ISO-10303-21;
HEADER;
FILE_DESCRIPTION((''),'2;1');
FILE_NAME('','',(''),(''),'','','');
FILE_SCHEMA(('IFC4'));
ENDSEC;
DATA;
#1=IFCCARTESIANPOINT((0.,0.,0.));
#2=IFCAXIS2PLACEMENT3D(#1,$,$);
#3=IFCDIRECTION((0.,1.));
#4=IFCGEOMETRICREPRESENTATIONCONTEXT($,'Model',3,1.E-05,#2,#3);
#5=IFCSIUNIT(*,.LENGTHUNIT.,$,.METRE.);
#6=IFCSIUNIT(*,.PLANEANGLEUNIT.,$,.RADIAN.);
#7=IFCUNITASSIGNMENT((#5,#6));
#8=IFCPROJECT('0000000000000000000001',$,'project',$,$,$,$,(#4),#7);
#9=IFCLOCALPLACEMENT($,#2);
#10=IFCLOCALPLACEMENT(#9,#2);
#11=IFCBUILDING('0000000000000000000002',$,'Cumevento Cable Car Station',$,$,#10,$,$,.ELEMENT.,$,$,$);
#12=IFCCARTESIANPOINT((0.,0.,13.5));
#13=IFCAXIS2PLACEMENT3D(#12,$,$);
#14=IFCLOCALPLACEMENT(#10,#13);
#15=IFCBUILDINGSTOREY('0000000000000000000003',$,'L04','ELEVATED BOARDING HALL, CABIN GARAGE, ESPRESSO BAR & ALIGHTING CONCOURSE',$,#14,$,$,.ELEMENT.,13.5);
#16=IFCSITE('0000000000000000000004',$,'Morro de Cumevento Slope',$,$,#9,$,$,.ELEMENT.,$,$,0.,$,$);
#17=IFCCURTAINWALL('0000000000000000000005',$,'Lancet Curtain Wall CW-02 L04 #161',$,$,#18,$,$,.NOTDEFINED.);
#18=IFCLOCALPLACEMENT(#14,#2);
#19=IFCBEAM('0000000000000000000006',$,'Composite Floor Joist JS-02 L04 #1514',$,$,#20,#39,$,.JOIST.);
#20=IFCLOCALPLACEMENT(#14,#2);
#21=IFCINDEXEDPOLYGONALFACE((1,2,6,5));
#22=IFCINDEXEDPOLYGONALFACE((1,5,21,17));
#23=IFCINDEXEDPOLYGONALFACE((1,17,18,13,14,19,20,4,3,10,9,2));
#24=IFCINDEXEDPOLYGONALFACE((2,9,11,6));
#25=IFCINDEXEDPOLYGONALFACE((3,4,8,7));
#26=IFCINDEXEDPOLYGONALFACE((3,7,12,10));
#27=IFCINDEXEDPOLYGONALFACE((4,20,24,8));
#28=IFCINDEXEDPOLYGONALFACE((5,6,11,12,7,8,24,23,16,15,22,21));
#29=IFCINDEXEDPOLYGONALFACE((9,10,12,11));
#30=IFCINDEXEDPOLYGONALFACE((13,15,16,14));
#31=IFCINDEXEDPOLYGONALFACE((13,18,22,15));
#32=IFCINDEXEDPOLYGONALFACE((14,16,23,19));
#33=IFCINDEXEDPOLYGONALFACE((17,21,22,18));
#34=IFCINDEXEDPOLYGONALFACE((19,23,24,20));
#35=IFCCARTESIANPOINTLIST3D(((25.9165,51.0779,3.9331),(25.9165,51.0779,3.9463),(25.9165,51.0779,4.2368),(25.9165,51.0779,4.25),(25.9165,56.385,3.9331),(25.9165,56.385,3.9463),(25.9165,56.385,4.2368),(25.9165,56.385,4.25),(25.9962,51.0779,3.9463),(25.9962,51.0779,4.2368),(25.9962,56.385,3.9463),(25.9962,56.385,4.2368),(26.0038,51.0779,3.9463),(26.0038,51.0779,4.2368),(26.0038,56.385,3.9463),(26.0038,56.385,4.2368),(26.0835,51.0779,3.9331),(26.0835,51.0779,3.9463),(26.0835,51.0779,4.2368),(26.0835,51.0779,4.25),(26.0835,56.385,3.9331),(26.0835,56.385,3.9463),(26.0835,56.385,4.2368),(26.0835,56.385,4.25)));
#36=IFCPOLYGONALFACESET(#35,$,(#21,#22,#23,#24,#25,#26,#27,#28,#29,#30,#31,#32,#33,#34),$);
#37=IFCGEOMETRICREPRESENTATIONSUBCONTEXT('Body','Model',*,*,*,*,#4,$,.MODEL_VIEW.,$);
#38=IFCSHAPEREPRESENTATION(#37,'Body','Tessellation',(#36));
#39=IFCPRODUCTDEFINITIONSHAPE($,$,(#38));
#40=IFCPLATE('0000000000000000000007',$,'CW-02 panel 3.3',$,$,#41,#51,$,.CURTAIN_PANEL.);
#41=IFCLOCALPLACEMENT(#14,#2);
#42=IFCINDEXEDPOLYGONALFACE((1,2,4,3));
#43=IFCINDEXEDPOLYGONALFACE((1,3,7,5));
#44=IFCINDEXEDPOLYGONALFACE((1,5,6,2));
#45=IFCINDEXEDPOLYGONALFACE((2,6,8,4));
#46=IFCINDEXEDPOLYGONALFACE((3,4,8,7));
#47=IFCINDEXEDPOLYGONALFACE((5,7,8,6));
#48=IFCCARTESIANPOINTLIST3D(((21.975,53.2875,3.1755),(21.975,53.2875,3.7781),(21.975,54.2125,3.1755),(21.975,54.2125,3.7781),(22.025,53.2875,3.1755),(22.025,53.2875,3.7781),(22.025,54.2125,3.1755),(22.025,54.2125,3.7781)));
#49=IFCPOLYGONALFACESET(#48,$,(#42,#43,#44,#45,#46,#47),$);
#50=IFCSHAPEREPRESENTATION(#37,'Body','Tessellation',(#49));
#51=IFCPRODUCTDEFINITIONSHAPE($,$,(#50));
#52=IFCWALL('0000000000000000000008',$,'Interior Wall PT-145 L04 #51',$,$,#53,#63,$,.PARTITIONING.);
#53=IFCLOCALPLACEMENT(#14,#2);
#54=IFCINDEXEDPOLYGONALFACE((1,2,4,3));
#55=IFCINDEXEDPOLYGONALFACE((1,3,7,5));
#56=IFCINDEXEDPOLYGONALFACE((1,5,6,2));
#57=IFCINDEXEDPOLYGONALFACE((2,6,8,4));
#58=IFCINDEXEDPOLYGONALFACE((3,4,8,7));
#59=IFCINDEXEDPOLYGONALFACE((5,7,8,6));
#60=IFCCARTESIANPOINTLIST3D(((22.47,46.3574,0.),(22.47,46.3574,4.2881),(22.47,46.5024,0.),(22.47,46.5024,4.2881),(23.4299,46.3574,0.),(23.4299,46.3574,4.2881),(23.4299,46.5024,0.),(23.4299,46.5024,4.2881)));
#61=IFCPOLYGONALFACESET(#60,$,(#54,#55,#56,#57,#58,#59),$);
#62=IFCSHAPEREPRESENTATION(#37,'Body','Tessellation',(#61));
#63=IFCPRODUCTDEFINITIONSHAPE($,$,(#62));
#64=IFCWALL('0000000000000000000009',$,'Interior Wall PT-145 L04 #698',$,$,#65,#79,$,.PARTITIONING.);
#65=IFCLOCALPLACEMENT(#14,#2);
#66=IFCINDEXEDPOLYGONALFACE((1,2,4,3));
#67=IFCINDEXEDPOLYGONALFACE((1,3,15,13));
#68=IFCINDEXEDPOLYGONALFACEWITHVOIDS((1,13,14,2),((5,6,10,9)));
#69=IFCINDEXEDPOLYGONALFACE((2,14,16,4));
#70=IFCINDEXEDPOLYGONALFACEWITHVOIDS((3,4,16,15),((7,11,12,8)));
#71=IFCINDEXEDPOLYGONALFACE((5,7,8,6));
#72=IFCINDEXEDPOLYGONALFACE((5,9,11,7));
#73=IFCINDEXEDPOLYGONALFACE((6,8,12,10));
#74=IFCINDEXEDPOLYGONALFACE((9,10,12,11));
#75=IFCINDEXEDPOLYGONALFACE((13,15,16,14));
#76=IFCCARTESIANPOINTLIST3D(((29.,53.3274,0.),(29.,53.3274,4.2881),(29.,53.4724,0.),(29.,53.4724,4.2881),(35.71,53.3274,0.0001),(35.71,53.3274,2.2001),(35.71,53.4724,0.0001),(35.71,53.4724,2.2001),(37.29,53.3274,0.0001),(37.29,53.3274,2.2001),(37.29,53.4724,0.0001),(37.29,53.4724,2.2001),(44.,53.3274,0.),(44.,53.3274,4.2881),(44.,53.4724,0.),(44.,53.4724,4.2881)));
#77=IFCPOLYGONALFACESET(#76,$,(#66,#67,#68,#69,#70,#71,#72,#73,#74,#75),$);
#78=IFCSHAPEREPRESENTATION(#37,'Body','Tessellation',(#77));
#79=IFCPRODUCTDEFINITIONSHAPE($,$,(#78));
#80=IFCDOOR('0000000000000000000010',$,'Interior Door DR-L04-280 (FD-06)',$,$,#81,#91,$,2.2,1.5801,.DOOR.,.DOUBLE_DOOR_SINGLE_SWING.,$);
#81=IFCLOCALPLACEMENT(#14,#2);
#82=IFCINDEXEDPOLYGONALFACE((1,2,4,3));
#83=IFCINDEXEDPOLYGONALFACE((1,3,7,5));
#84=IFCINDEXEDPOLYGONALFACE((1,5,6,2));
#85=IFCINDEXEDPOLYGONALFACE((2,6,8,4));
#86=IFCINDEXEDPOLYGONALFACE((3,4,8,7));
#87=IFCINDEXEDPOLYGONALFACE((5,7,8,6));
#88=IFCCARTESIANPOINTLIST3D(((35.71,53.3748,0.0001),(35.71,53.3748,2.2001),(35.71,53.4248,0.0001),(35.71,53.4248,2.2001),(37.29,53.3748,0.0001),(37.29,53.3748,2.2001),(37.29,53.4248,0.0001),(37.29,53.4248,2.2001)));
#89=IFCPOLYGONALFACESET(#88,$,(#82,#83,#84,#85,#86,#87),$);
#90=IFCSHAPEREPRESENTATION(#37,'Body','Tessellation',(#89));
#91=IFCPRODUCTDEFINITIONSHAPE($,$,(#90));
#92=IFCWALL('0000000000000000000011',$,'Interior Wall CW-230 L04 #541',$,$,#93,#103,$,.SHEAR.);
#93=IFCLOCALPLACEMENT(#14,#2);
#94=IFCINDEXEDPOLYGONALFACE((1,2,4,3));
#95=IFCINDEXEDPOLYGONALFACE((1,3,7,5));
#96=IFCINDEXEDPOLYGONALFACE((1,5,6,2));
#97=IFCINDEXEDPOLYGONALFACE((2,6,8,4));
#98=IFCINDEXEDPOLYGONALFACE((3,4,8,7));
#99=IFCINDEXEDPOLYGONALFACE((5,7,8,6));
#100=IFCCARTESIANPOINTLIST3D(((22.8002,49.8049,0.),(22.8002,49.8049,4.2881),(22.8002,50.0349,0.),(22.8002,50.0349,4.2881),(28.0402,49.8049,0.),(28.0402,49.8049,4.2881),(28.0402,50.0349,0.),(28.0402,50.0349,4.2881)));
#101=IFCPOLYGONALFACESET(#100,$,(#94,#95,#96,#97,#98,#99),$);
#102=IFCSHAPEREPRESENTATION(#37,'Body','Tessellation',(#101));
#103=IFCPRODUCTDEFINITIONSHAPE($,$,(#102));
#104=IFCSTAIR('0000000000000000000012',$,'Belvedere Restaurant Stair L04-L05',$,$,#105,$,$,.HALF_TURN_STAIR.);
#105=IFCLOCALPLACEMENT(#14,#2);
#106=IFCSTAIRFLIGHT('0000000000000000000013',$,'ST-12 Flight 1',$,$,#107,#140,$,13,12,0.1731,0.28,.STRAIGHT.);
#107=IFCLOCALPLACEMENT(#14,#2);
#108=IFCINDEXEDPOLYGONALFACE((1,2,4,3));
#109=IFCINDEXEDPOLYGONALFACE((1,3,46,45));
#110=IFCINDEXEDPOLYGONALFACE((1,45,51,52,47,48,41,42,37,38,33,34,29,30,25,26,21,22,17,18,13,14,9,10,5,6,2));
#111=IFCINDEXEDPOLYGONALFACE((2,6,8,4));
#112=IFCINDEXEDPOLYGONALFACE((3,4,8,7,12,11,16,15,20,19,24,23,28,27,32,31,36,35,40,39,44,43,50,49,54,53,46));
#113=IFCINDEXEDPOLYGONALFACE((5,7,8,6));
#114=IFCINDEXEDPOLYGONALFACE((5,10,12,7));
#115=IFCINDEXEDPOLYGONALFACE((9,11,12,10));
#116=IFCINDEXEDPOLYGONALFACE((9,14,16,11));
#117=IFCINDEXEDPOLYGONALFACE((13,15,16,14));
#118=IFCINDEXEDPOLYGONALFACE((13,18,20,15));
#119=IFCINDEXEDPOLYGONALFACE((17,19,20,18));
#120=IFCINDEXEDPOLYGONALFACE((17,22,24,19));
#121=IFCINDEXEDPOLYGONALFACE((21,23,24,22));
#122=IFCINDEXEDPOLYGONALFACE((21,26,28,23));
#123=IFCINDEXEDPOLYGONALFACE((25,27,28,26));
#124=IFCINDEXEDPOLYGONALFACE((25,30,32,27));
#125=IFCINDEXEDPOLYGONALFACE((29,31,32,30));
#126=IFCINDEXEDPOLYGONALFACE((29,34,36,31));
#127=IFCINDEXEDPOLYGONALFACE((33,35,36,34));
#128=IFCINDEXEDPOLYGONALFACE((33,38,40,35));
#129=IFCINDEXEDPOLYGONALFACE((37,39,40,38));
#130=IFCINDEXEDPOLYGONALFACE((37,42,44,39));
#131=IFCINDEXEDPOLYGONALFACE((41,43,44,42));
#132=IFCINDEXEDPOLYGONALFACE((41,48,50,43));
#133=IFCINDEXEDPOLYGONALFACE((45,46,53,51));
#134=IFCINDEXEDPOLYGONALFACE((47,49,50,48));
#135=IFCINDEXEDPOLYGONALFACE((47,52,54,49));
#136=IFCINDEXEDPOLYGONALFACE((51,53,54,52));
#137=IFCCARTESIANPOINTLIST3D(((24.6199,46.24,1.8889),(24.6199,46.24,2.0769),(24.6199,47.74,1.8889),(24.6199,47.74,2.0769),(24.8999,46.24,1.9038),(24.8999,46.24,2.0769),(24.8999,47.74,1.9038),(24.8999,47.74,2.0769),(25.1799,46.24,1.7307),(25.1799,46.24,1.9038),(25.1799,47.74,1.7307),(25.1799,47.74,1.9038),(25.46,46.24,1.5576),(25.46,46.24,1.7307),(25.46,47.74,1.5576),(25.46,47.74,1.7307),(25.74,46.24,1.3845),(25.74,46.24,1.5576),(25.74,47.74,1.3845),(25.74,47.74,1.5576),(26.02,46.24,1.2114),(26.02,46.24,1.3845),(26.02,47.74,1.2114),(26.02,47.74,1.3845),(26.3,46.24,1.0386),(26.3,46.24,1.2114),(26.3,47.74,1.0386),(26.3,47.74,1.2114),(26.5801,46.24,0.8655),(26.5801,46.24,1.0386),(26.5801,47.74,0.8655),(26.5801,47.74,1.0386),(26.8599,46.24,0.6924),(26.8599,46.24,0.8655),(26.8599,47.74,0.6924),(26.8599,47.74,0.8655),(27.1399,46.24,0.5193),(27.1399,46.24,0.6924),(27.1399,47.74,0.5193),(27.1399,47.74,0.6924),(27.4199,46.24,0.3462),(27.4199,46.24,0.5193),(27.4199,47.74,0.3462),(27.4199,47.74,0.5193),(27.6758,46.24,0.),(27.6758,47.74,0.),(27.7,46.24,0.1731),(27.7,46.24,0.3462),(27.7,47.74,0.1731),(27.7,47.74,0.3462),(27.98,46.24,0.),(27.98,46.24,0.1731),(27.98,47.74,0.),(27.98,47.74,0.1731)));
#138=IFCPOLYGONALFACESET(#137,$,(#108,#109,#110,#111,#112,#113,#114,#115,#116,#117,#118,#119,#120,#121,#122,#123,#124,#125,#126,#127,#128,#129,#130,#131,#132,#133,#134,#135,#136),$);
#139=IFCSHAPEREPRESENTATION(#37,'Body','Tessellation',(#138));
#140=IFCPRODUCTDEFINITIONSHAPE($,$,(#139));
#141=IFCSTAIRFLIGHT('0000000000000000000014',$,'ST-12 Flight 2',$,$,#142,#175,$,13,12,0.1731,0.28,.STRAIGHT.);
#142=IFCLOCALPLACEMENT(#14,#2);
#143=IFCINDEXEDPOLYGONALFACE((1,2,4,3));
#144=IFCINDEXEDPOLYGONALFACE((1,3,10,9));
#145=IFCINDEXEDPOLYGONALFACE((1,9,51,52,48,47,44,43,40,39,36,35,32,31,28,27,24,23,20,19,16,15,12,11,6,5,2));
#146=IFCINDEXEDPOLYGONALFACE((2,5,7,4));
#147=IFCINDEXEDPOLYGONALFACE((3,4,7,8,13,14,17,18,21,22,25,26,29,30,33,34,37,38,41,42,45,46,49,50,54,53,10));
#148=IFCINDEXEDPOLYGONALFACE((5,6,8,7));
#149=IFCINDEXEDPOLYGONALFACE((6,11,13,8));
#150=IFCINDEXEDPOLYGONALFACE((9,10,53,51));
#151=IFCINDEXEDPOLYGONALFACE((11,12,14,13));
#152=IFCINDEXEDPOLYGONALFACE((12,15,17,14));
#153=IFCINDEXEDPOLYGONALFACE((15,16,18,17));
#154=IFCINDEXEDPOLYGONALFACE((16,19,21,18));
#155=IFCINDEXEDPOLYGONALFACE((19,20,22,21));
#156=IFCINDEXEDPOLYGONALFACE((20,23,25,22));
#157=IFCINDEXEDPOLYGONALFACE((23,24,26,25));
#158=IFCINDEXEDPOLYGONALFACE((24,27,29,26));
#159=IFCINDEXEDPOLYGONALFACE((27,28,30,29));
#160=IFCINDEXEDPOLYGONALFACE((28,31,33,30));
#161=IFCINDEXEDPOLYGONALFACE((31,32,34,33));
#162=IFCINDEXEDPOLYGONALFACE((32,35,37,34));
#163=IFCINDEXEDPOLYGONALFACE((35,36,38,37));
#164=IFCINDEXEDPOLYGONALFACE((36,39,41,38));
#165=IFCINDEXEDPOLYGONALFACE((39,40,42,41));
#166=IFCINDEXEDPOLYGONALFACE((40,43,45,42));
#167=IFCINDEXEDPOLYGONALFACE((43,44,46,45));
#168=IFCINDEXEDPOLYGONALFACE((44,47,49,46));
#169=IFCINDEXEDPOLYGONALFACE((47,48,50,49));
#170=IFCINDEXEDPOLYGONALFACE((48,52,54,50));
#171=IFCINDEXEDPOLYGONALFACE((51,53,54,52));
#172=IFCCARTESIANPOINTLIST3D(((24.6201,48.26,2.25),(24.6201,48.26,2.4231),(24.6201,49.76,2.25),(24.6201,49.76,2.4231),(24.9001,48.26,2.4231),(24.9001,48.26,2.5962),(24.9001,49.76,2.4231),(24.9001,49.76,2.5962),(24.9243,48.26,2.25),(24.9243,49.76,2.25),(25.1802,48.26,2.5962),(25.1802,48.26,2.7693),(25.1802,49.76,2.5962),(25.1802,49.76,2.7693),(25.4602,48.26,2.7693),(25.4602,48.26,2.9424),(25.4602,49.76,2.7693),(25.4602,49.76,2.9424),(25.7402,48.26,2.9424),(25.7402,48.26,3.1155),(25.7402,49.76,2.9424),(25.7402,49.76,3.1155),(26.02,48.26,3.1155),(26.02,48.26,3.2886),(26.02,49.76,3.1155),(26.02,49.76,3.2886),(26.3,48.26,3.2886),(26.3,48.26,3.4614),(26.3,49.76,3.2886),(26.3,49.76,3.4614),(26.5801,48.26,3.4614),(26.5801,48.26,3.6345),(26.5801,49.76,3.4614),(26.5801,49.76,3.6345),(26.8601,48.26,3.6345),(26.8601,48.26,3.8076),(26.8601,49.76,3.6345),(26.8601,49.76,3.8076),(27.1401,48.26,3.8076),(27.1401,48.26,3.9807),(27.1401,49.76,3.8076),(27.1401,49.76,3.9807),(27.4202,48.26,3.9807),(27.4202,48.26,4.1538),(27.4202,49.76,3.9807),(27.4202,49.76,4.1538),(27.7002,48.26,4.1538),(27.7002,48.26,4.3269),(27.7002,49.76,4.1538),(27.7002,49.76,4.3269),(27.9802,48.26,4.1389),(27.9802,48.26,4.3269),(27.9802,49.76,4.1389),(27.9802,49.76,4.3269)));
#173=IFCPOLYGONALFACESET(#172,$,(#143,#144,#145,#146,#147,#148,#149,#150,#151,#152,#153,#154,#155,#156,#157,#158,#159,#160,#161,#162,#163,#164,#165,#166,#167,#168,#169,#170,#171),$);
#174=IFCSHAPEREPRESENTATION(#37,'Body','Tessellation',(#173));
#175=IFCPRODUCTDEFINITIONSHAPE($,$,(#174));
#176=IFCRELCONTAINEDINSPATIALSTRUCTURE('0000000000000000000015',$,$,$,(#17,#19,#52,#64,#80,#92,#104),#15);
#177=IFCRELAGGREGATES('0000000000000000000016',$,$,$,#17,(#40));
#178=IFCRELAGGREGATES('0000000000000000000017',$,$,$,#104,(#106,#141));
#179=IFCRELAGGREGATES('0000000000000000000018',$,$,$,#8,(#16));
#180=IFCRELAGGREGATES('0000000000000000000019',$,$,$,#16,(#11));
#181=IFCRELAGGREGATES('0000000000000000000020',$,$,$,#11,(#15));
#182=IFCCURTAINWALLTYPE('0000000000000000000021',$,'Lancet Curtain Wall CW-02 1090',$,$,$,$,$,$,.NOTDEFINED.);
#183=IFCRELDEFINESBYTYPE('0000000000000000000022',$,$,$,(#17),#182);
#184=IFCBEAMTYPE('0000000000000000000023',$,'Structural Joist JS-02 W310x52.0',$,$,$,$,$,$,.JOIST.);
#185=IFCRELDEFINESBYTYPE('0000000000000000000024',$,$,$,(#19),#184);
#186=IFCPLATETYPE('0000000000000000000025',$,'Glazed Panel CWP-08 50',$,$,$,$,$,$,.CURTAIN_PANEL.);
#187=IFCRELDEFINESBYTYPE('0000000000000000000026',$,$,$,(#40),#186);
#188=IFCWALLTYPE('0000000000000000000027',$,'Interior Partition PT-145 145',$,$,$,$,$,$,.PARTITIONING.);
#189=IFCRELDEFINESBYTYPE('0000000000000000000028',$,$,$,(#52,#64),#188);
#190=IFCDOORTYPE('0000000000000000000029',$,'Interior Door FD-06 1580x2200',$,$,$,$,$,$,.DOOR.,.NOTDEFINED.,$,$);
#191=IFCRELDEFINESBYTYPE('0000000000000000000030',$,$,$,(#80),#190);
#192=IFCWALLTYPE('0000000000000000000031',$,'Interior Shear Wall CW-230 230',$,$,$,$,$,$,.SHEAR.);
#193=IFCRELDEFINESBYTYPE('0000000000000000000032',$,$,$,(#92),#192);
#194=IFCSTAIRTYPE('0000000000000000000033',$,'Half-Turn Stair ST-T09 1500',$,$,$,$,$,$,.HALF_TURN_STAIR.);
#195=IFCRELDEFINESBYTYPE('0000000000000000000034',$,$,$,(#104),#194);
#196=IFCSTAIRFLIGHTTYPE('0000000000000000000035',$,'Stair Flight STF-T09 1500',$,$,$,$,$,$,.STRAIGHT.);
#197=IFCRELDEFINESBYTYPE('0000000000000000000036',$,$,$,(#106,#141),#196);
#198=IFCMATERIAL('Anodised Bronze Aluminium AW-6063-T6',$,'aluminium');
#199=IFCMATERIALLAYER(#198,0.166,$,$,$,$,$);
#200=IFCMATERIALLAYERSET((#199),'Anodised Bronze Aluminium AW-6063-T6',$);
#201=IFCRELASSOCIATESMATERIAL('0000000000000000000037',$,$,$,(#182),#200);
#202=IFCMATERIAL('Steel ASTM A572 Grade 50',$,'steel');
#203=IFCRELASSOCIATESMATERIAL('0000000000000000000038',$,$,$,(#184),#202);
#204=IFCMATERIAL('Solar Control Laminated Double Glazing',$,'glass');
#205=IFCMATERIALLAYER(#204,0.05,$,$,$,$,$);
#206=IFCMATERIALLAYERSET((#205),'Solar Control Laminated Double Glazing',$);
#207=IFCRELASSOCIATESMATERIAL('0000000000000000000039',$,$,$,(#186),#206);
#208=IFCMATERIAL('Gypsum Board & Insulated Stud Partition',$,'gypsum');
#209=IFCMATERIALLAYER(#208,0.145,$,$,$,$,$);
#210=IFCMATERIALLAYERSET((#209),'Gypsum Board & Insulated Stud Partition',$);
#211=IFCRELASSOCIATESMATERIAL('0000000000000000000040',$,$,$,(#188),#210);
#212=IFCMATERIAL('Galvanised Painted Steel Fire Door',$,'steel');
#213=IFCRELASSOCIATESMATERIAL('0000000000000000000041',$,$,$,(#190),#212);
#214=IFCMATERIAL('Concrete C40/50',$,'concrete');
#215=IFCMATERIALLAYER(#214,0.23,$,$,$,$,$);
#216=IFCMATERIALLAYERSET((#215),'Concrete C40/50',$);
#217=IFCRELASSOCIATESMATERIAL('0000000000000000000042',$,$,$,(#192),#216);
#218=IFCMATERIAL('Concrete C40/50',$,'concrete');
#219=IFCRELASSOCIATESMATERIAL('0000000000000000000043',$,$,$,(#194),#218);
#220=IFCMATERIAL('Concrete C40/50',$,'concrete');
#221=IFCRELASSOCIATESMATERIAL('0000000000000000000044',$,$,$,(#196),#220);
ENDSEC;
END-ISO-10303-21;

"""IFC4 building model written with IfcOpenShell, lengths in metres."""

from ifc_helpers import new_model, si_unit, direction, frame, frame_2d, origin, origin_2d, place, context, subcontext, project, spatial, polyline, rectangle, i_section, outline, extrude, material, layer, layer_set, material_profile, profile_set, type_object, element, fill, aggregate, save


model = new_model("IFC4")

# Units and contexts
model_context = context("Model", 3, precision=1e-05, world=origin(), true_north=direction((0.0, 1.0)))
body_context = subcontext(model_context, "Body", "Model", "MODEL_VIEW")
ifc_project = project(units=[si_unit("LENGTHUNIT", "METRE"), si_unit("PLANEANGLEUNIT", "RADIAN")], contexts=[model_context])

# Site, building, storey
site_placement = place(None, origin())
site = spatial("IfcSite", under=ifc_project, at=site_placement, Name="Morro de Cumevento Slope", CompositionType="ELEMENT", RefElevation=0.0)
building_placement = place(site_placement, origin())
building = spatial("IfcBuilding", under=site, at=building_placement, Name="Cumevento Cable Car Station", CompositionType="ELEMENT")
storey_placement = place(building_placement, frame((0.0, 0.0, 13.5)))
storey = spatial("IfcBuildingStorey", under=building, at=storey_placement, Name="L04", Description="ELEVATED BOARDING HALL, CABIN GARAGE, ESPRESSO BAR & ALIGHTING CONCOURSE", CompositionType="ELEMENT", Elevation=13.5)

# Curtain wall
ifc_material_1 = material(Name="Anodised Bronze Aluminium AW-6063-T6", Category="aluminium")
ifc_layer_1 = layer(ifc_material_1, 0.166)
ifc_layer_set_1 = layer_set([ifc_layer_1], Name="Anodised Bronze Aluminium AW-6063-T6")
curtain_wall_type = type_object("IfcCurtainWallType", Name="Lancet Curtain Wall CW-02 1090", PredefinedType="NOTDEFINED", material=ifc_layer_set_1)
curtain_wall_placement = place(storey_placement, origin())
curtain_wall = element("IfcCurtainWall", 1, at=curtain_wall_placement, inside=storey, type_object=curtain_wall_type, Name="Lancet Curtain Wall CW-02 L04 #161", PredefinedType="NOTDEFINED")

# Beam
ifc_material_2 = material(Name="Steel ASTM A572 Grade 50", Category="steel")
ifc_material_profile_1 = material_profile(ifc_material_2, i_section(OverallWidth=0.167, OverallDepth=0.3169, WebThickness=0.0076, FlangeThickness=0.0132, at=origin_2d()), Name="W310x52.0")
ifc_profile_set_1 = profile_set([ifc_material_profile_1], Name="Steel ASTM A572 Grade 50")
beam_type_1 = type_object("IfcBeamType", Name="Structural Joist JS-02 W310x52.0", PredefinedType="JOIST", material=ifc_profile_set_1)
for number, where, z_axis, x_axis, name in (
    (2, (26.0, 51.0779, 4.0916), (0.0, 1.0, 0.0), (-1.0, 0.0, 0.0), "Composite Floor Joist JS-02 L04 #1514"),
):
    element("IfcBeam", number, at=place(storey_placement, frame(where, z_axis=z_axis, x_axis=x_axis)), inside=storey, type_object=beam_type_1, Name=name, PredefinedType="JOIST", context=body_context, shape_type="SweptSolid", body=[
        extrude(i_section(OverallWidth=0.167, OverallDepth=0.3169, WebThickness=0.0076, FlangeThickness=0.0132, at=origin_2d()), origin(), (0.0, 0.0, 1.0), 5.3071),
    ])

# Plate
ifc_material_3 = material(Name="Solar Control Laminated Double Glazing", Category="glass")
ifc_layer_2 = layer(ifc_material_3, 0.05)
ifc_layer_set_2 = layer_set([ifc_layer_2], Name="Solar Control Laminated Double Glazing")
plate_type = type_object("IfcPlateType", Name="Glazed Panel CWP-08 50", PredefinedType="CURTAIN_PANEL", material=ifc_layer_set_2)
plate_placement = place(storey_placement, frame((22.0, 53.75, 3.1755), z_axis=(0.0, 0.0, 1.0), x_axis=(0.0, 1.0, 0.0)))
plate = element("IfcPlate", 3, at=plate_placement, type_object=plate_type, Name="CW-02 panel 3.3", PredefinedType="CURTAIN_PANEL", context=body_context, shape_type="SweptSolid", body=[
    extrude(rectangle(XDim=0.925, YDim=0.05, at=origin_2d()), origin(), (0.0, 0.0, 1.0), 0.6025),
])
aggregate(curtain_wall, [plate])

# Wall
ifc_material_4 = material(Name="Gypsum Board & Insulated Stud Partition", Category="gypsum")
ifc_layer_3 = layer(ifc_material_4, 0.145)
ifc_layer_set_3 = layer_set([ifc_layer_3], Name="Gypsum Board & Insulated Stud Partition")
wall_type_1 = type_object("IfcWallType", Name="Interior Partition PT-145 145", PredefinedType="PARTITIONING", material=ifc_layer_set_3)
wall_1_placement = place(storey_placement, frame((23.4299, 46.4299, 0.0), z_axis=(0.0, 0.0, 1.0), x_axis=(-1.0, 0.0, 0.0)))
element("IfcWall", 4, at=wall_1_placement, inside=storey, type_object=wall_type_1, Name="Interior Wall PT-145 L04 #51", PredefinedType="PARTITIONING", context=body_context, shape_type="SweptSolid", body=[
    extrude(rectangle(XDim=0.96, YDim=0.145, at=frame_2d((0.48, 0.0))), origin(), (0.0, 0.0, 1.0), 4.2881),
])

# Wall, opening, door
wall_2_placement = place(storey_placement, frame((29.0, 53.3999, 0.0), z_axis=(0.0, 0.0, 1.0), x_axis=(1.0, 0.0, 0.0)))
wall_2 = element("IfcWall", 5, at=wall_2_placement, inside=storey, type_object=wall_type_1, Name="Interior Wall PT-145 L04 #698", PredefinedType="PARTITIONING", context=body_context, shape_type="SweptSolid", body=[
    extrude(rectangle(XDim=15.0, YDim=0.145, at=frame_2d((7.5, 0.0))), origin(), (0.0, 0.0, 1.0), 4.2881),
])
opening_placement = place(wall_2_placement, frame((6.71, 0.0, 0.0)))
opening = element("IfcOpeningElement", 6, at=opening_placement, cuts=wall_2, PredefinedType="OPENING", context=body_context, shape_type="SweptSolid", body=[
    extrude(rectangle(XDim=1.5801, YDim=2.2, at=frame_2d((0.79, 1.1001))), frame((0.0, 0.0825, 0.0), z_axis=(0.0, -1.0, 0.0), x_axis=(1.0, 0.0, 0.0)), (0.0, 0.0, 1.0), 0.165),
])
ifc_material_5 = material(Name="Galvanised Painted Steel Fire Door", Category="steel")
door_type = type_object("IfcDoorType", Name="Interior Door FD-06 1580x2200", OperationType="NOTDEFINED", PredefinedType="DOOR", material=ifc_material_5)
door_placement = place(opening_placement, origin())
door = element("IfcDoor", 7, at=door_placement, inside=storey, type_object=door_type, Name="Interior Door DR-L04-280 (FD-06)", OperationType="DOUBLE_DOOR_SINGLE_SWING", OverallHeight=2.2, OverallWidth=1.5801, PredefinedType="DOOR", context=body_context, shape_type="SweptSolid", body=[
    extrude(rectangle(XDim=1.5801, YDim=2.2, at=frame_2d((0.79, 1.1001))), frame((0.0, 0.0249, 0.0), z_axis=(0.0, -1.0, 0.0), x_axis=(1.0, 0.0, 0.0)), (0.0, 0.0, 1.0), 0.05),
])
fill(opening, door)

# Wall
ifc_material_6 = material(Name="Concrete C40/50", Category="concrete")
ifc_layer_4 = layer(ifc_material_6, 0.23)
ifc_layer_set_4 = layer_set([ifc_layer_4], Name="Concrete C40/50")
wall_type_2 = type_object("IfcWallType", Name="Interior Shear Wall CW-230 230", PredefinedType="SHEAR", material=ifc_layer_set_4)
wall_3_placement = place(storey_placement, frame((22.8, 49.9199, 0.0), z_axis=(0.0, 0.0, 1.0), x_axis=(1.0, 0.0, 0.0)))
element("IfcWall", 8, at=wall_3_placement, inside=storey, type_object=wall_type_2, Name="Interior Wall CW-230 L04 #541", PredefinedType="SHEAR", context=body_context, shape_type="SweptSolid", body=[
    extrude(rectangle(XDim=5.24, YDim=0.23, at=frame_2d((2.6201, 0.0))), origin(), (0.0, 0.0, 1.0), 4.2881),
])

# Stair, stair flights
ifc_material_7 = material(Name="Concrete C40/50", Category="concrete")
stair_type = type_object("IfcStairType", Name="Half-Turn Stair ST-T09 1500", PredefinedType="HALF_TURN_STAIR", material=ifc_material_7)
stair_placement = place(storey_placement, origin())
stair = element("IfcStair", 9, at=stair_placement, inside=storey, type_object=stair_type, Name="Belvedere Restaurant Stair L04-L05", PredefinedType="HALF_TURN_STAIR")
ifc_material_8 = material(Name="Concrete C40/50", Category="concrete")
stair_flight_type = type_object("IfcStairFlightType", Name="Stair Flight STF-T09 1500", PredefinedType="STRAIGHT", material=ifc_material_8)
stair_flight_1_placement = place(storey_placement, frame((27.98, 46.99, 0.0), z_axis=(0.0, 0.0, 1.0), x_axis=(-1.0, 0.0, 0.0)))
stair_flight_1 = element("IfcStairFlight", 10, at=stair_flight_1_placement, type_object=stair_flight_type, Name="ST-12 Flight 1", NumberOfRisers=13, NumberOfTreads=12, PredefinedType="STRAIGHT", RiserHeight=0.1731, TreadLength=0.28, context=body_context, shape_type="SweptSolid", body=[
    extrude(outline(polyline([(0.0, 0.0), (0.0, 0.1731), (0.28, 0.1731), (0.28, 0.3462), (0.5601, 0.3462), (0.5601, 0.5193), (0.8401, 0.5193), (0.8401, 0.6924), (1.1201, 0.6924), (1.1201, 0.8655), (1.3999, 0.8655), (1.3999, 1.0386), (1.6799, 1.0386), (1.6799, 1.2114), (1.96, 1.2114), (1.96, 1.3845), (2.24, 1.3845), (2.24, 1.5576), (2.52, 1.5576), (2.52, 1.7307), (2.8, 1.7307), (2.8, 1.9038), (3.0801, 1.9038), (3.0801, 2.0769), (3.3601, 2.0769), (3.3601, 2.25), (3.3601, 1.8889), (0.3042, 0.0), (0.0, 0.0)])), frame((0.0, 0.75, 0.0), z_axis=(0.0, -1.0, 0.0), x_axis=(1.0, 0.0, 0.0)), (0.0, 0.0, 1.0), 1.5),
])
stair_flight_2_placement = place(storey_placement, frame((24.6201, 49.01, 2.25), z_axis=(0.0, 0.0, 1.0), x_axis=(1.0, 0.0, 0.0)))
stair_flight_2 = element("IfcStairFlight", 11, at=stair_flight_2_placement, type_object=stair_flight_type, Name="ST-12 Flight 2", NumberOfRisers=13, NumberOfTreads=12, PredefinedType="STRAIGHT", RiserHeight=0.1731, TreadLength=0.28, context=body_context, shape_type="SweptSolid", body=[
    extrude(outline(polyline([(0.0, 0.0), (0.0, 0.1731), (0.28, 0.1731), (0.28, 0.3462), (0.5601, 0.3462), (0.5601, 0.5193), (0.8401, 0.5193), (0.8401, 0.6924), (1.1201, 0.6924), (1.1201, 0.8655), (1.3999, 0.8655), (1.3999, 1.0386), (1.6799, 1.0386), (1.6799, 1.2114), (1.96, 1.2114), (1.96, 1.3845), (2.24, 1.3845), (2.24, 1.5576), (2.52, 1.5576), (2.52, 1.7307), (2.8, 1.7307), (2.8, 1.9038), (3.0801, 1.9038), (3.0801, 2.0769), (3.3601, 2.0769), (3.3601, 2.25), (3.3601, 1.8889), (0.3042, 0.0), (0.0, 0.0)])), frame((0.0, 0.75, 0.0), z_axis=(0.0, -1.0, 0.0), x_axis=(1.0, 0.0, 0.0)), (0.0, 0.0, 1.0), 1.5),
])
aggregate(stair, [stair_flight_1, stair_flight_2])

save(model, "model.ifc")
